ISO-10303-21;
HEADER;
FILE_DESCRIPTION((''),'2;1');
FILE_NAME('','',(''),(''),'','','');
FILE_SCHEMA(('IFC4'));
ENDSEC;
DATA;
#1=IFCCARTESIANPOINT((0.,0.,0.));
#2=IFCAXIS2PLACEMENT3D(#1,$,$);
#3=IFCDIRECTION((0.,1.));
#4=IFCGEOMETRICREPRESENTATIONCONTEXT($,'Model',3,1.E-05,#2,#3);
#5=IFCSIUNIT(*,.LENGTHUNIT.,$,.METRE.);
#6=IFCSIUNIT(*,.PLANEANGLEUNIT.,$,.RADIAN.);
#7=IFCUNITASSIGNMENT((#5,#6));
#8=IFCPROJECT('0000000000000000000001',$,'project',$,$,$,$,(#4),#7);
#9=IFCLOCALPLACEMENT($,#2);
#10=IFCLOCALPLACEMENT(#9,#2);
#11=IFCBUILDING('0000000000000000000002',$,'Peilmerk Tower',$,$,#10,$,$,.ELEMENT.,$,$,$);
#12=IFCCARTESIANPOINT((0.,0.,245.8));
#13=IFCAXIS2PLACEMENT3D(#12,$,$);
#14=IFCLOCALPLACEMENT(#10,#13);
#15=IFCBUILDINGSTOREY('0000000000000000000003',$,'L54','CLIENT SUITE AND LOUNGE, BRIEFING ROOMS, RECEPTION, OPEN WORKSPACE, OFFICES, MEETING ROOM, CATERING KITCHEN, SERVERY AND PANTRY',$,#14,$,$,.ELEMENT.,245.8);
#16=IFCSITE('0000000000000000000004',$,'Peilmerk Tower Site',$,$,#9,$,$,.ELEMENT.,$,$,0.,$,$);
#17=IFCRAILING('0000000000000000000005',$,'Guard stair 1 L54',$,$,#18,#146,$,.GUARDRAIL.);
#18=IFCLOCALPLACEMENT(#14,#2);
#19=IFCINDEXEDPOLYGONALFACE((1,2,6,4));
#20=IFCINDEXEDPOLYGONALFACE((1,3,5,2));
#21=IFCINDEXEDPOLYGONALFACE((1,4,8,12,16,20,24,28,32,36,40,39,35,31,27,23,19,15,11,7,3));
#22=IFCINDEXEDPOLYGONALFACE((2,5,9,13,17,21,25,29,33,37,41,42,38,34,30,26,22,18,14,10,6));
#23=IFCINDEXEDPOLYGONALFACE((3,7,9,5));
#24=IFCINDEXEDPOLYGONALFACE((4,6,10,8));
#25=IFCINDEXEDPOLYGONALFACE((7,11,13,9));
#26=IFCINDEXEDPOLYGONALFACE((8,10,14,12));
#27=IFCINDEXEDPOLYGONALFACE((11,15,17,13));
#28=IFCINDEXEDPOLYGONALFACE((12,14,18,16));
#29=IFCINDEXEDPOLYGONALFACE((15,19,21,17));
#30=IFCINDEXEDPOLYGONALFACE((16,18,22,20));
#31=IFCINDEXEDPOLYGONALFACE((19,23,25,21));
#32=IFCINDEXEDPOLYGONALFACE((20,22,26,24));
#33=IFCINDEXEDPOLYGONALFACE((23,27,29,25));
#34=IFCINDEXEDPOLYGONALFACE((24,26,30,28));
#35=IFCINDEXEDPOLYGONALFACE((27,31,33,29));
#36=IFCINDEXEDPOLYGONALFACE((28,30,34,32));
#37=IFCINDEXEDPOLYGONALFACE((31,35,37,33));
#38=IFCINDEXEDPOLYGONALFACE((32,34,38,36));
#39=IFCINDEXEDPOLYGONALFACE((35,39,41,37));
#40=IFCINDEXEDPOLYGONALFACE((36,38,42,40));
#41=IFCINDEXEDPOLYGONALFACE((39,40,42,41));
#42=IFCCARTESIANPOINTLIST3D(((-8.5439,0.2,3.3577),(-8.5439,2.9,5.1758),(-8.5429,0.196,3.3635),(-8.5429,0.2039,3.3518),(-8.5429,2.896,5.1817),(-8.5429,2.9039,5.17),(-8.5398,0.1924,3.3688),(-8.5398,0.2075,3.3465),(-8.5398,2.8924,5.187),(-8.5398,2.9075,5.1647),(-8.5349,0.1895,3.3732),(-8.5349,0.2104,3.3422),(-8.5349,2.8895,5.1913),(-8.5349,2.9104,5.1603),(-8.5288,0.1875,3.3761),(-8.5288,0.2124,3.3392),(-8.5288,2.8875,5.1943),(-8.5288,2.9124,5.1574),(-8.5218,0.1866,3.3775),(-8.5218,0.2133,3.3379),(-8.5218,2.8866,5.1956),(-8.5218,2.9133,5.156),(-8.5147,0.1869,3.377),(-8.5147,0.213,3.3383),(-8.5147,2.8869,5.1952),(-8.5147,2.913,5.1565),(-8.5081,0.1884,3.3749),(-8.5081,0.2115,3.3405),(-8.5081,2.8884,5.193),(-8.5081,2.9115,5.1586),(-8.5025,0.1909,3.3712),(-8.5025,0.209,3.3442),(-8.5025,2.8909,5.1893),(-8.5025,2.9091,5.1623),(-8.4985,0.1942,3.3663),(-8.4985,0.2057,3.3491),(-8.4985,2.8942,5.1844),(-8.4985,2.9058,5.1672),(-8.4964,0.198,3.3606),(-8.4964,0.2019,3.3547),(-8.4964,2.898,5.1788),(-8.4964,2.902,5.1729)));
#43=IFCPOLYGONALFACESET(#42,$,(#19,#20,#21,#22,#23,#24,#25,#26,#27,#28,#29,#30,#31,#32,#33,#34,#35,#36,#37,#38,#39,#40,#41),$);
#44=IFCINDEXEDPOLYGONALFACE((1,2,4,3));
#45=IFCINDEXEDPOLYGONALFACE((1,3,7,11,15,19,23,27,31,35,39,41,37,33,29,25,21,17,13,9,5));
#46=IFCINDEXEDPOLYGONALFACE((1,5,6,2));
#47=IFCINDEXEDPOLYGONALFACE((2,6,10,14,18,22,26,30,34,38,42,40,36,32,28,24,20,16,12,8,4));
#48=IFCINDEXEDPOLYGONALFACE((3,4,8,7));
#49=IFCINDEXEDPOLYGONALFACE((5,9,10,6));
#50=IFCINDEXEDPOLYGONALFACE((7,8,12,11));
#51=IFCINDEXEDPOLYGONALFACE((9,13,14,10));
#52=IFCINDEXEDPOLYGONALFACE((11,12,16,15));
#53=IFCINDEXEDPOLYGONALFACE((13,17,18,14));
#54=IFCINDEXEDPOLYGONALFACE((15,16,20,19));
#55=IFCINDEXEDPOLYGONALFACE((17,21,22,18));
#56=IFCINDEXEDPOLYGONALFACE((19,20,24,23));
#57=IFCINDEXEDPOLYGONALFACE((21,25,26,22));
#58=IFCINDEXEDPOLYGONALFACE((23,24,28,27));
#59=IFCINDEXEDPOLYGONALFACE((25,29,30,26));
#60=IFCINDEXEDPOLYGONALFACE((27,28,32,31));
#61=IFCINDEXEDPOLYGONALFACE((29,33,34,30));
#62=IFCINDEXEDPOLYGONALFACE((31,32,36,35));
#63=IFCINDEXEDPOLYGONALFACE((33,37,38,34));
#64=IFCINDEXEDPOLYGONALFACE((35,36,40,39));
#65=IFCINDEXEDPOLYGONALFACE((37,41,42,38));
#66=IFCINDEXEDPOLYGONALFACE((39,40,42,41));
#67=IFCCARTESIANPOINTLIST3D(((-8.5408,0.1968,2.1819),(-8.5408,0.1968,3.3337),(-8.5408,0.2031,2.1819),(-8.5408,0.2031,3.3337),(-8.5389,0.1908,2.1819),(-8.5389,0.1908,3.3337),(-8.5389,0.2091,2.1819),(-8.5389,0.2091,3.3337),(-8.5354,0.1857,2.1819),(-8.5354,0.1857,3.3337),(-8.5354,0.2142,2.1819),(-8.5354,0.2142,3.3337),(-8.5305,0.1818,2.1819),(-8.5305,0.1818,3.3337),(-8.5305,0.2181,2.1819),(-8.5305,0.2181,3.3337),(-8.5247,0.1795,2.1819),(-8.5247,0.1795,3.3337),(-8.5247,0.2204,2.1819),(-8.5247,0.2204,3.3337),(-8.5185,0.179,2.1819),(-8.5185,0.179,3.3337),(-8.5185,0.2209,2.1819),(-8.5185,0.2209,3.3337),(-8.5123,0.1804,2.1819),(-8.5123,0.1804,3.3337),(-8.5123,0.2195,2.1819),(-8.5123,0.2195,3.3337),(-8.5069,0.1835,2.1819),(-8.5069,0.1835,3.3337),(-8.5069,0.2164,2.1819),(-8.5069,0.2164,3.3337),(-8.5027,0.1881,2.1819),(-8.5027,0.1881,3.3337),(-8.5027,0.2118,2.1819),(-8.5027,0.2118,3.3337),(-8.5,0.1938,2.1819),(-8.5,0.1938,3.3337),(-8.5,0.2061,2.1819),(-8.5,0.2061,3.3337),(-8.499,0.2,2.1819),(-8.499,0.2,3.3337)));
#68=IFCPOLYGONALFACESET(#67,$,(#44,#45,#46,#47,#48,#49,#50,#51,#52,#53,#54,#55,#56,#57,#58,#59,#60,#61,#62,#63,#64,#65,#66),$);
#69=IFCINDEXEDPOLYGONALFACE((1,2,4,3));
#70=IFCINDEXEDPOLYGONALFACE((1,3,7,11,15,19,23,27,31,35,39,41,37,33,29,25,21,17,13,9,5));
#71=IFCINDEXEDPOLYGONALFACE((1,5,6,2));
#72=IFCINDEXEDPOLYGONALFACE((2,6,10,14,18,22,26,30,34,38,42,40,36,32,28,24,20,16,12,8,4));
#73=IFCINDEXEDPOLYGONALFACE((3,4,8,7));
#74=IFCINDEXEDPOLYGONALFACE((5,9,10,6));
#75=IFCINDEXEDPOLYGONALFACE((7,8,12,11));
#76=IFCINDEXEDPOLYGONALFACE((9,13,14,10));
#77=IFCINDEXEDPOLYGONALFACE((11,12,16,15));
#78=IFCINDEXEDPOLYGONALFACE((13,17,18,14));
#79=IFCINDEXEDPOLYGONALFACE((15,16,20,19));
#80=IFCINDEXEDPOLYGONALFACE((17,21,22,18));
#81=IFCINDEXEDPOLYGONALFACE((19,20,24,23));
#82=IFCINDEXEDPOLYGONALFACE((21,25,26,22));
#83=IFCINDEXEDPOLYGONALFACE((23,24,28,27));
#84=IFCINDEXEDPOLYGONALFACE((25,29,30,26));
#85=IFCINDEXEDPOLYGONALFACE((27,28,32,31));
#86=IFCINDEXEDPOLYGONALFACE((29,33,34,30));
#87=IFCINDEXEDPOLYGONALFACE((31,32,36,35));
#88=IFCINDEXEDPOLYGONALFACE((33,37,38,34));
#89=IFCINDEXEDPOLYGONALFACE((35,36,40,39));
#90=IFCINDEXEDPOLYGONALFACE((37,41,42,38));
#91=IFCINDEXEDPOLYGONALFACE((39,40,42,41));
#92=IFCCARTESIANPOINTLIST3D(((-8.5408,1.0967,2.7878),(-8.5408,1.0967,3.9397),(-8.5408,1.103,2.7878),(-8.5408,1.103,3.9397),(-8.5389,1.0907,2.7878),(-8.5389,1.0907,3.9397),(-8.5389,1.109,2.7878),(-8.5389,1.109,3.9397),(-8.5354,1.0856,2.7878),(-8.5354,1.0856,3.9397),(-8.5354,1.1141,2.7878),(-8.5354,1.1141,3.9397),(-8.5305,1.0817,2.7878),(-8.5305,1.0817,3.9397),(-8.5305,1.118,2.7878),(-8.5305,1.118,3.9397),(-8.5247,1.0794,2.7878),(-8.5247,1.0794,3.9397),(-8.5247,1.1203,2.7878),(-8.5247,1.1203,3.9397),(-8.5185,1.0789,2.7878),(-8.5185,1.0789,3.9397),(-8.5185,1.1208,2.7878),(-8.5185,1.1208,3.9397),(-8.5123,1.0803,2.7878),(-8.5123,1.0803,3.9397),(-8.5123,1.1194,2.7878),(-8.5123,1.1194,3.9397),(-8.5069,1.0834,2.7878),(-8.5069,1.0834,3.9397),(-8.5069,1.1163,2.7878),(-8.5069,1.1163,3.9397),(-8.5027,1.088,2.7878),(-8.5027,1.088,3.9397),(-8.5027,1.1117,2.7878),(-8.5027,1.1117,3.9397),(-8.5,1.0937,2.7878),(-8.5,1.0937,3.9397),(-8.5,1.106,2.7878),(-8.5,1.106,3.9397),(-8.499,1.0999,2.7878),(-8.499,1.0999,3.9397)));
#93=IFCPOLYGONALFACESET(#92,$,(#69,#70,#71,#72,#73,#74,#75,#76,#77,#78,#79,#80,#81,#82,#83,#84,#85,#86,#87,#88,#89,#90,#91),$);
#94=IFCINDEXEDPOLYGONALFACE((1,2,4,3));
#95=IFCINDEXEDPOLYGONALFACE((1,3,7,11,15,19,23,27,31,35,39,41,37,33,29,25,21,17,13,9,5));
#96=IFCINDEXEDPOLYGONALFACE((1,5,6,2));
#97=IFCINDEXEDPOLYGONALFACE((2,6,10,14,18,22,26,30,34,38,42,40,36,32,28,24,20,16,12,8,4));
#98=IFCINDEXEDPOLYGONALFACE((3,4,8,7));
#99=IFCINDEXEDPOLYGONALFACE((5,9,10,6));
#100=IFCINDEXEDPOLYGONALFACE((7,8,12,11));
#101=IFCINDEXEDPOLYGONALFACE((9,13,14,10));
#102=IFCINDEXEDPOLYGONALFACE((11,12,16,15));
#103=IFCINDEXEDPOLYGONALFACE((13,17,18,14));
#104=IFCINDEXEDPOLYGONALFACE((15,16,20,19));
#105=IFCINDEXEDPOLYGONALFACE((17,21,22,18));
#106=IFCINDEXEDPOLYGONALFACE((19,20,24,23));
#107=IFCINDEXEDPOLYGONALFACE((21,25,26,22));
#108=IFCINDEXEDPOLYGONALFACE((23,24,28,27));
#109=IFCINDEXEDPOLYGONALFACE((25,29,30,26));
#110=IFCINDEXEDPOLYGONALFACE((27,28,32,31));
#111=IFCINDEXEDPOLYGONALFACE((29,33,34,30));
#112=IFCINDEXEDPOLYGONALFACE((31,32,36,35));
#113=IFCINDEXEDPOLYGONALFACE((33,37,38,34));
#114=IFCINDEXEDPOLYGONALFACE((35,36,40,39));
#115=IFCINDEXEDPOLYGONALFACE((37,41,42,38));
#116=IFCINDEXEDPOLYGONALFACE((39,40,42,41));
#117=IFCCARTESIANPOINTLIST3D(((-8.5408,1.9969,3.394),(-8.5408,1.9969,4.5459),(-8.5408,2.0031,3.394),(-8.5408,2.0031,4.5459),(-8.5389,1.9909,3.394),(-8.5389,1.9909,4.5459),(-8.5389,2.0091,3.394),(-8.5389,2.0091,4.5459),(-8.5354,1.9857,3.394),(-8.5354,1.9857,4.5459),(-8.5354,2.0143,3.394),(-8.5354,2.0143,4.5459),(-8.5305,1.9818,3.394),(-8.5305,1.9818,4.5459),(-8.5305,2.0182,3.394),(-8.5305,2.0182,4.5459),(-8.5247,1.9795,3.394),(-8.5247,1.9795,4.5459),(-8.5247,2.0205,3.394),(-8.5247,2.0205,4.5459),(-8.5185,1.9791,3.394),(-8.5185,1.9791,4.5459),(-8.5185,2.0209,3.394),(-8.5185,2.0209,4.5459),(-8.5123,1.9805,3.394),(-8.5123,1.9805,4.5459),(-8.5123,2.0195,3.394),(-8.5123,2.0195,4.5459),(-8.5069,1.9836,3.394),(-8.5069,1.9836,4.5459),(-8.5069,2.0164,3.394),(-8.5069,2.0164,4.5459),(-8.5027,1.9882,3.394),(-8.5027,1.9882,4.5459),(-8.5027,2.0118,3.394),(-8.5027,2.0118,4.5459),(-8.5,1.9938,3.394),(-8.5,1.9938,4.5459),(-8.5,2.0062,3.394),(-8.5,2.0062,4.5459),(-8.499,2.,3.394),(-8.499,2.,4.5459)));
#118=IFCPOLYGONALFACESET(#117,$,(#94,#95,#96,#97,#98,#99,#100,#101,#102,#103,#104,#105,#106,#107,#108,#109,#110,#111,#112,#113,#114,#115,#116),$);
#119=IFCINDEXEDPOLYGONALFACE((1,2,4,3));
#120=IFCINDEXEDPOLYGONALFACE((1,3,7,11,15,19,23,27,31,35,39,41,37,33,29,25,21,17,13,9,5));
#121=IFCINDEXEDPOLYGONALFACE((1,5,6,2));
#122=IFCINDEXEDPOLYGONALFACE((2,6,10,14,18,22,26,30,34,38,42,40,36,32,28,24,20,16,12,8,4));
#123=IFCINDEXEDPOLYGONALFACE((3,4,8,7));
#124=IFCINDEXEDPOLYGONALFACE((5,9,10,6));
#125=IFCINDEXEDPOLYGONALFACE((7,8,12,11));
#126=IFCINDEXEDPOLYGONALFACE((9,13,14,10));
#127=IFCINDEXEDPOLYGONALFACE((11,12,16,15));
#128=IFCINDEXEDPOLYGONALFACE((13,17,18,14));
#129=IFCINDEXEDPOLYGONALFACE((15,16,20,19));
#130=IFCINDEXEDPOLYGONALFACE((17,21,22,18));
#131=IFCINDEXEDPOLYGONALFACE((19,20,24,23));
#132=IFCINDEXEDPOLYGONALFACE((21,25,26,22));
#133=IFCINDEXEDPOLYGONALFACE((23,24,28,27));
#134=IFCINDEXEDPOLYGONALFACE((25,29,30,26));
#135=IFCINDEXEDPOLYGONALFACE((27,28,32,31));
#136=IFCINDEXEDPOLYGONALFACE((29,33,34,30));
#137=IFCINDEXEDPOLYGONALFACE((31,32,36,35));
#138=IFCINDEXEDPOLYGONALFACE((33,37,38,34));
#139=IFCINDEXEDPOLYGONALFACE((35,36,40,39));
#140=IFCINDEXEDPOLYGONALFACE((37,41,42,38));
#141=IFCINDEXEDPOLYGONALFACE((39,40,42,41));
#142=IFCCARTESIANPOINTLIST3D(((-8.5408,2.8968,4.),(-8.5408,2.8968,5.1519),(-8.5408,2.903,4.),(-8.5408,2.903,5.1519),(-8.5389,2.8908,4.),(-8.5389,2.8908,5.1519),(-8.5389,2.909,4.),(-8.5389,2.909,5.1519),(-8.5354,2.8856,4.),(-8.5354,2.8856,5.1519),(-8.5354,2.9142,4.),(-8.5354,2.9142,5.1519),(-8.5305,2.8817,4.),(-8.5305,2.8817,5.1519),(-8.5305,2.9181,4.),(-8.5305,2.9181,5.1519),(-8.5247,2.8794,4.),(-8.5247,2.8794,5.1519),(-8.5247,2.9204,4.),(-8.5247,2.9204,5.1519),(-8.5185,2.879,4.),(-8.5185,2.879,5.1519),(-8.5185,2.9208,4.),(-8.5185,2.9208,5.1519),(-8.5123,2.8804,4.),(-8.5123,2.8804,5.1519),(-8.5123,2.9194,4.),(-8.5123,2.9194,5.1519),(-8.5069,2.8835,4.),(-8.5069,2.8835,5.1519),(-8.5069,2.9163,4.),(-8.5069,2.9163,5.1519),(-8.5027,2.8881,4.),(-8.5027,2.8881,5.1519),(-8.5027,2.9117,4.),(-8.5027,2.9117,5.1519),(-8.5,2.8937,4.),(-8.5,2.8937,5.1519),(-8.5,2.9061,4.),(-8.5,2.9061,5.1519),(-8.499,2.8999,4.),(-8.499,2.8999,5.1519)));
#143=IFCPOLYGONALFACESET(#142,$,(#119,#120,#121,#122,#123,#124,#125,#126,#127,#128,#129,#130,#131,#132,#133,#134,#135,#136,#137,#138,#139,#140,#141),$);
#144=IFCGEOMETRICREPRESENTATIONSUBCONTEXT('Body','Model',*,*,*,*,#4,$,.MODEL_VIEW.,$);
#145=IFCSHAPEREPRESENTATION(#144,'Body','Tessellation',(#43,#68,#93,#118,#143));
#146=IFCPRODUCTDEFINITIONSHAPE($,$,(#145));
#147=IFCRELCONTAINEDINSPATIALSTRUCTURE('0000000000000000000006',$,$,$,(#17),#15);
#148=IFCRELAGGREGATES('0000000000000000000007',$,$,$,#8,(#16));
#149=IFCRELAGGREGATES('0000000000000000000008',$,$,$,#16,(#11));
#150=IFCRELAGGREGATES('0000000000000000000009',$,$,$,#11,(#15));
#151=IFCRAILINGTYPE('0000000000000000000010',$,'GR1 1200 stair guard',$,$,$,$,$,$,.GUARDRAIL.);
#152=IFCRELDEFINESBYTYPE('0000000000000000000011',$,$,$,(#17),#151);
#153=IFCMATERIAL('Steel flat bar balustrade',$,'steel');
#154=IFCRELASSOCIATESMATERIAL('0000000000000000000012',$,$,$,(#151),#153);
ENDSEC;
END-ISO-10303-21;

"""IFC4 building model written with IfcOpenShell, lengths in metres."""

from ifc_helpers import new_model, si_unit, direction, frame, origin, origin_2d, place, context, subcontext, project, spatial, circle, extrude, material, type_object, element, save


model = new_model("IFC4")

# Units and contexts
model_context = context("Model", 3, precision=1e-05, world=origin(), true_north=direction((0.0, 1.0)))
body_context = subcontext(model_context, "Body", "Model", "MODEL_VIEW")
ifc_project = project(units=[si_unit("LENGTHUNIT", "METRE"), si_unit("PLANEANGLEUNIT", "RADIAN")], contexts=[model_context])

# Site, building, storey
site_placement = place(None, origin())
site = spatial("IfcSite", under=ifc_project, at=site_placement, Name="Peilmerk Tower Site", CompositionType="ELEMENT", RefElevation=0.0)
building_placement = place(site_placement, origin())
building = spatial("IfcBuilding", under=site, at=building_placement, Name="Peilmerk Tower", CompositionType="ELEMENT")
storey_placement = place(building_placement, frame((0.0, 0.0, 245.8)))
storey = spatial("IfcBuildingStorey", under=building, at=storey_placement, Name="L54", Description="CLIENT SUITE AND LOUNGE, BRIEFING ROOMS, RECEPTION, OPEN WORKSPACE, OFFICES, MEETING ROOM, CATERING KITCHEN, SERVERY AND PANTRY", CompositionType="ELEMENT", Elevation=245.8)

# Railing
ifc_material_1 = material(Name="Steel flat bar balustrade", Category="steel")
railing_type_1 = type_object("IfcRailingType", Name="GR1 1200 stair guard", PredefinedType="GUARDRAIL", material=ifc_material_1)
railing_1_placement = place(storey_placement, frame((-8.52, 0.2, 2.1819)))
element("IfcRailing", 1, at=railing_1_placement, inside=storey, type_object=railing_type_1, Name="Guard stair 1 L54", PredefinedType="GUARDRAIL", context=body_context, shape_type="SweptSolid", body=[
    extrude(circle(Radius=0.0239, at=origin_2d()), frame((0.0, 0.0, 1.1758), z_axis=(0.0, 0.829468, 0.558554), x_axis=(-1.0, 0.0, 0.0)), (0.0, 0.0, 1.0), 3.2551),
    extrude(circle(Radius=0.021, at=origin_2d()), origin(), (0.0, 0.0, 1.0), 1.1519),
    extrude(circle(Radius=0.021, at=origin_2d()), frame((0.0, 0.8999, 0.606)), (0.0, 0.0, 1.0), 1.1519),
    extrude(circle(Radius=0.021, at=origin_2d()), frame((0.0, 1.8, 1.2122)), (0.0, 0.0, 1.0), 1.1519),
    extrude(circle(Radius=0.021, at=origin_2d()), frame((0.0, 2.7, 1.8181)), (0.0, 0.0, 1.0), 1.1519),
])

save(model, "model.ifc")
